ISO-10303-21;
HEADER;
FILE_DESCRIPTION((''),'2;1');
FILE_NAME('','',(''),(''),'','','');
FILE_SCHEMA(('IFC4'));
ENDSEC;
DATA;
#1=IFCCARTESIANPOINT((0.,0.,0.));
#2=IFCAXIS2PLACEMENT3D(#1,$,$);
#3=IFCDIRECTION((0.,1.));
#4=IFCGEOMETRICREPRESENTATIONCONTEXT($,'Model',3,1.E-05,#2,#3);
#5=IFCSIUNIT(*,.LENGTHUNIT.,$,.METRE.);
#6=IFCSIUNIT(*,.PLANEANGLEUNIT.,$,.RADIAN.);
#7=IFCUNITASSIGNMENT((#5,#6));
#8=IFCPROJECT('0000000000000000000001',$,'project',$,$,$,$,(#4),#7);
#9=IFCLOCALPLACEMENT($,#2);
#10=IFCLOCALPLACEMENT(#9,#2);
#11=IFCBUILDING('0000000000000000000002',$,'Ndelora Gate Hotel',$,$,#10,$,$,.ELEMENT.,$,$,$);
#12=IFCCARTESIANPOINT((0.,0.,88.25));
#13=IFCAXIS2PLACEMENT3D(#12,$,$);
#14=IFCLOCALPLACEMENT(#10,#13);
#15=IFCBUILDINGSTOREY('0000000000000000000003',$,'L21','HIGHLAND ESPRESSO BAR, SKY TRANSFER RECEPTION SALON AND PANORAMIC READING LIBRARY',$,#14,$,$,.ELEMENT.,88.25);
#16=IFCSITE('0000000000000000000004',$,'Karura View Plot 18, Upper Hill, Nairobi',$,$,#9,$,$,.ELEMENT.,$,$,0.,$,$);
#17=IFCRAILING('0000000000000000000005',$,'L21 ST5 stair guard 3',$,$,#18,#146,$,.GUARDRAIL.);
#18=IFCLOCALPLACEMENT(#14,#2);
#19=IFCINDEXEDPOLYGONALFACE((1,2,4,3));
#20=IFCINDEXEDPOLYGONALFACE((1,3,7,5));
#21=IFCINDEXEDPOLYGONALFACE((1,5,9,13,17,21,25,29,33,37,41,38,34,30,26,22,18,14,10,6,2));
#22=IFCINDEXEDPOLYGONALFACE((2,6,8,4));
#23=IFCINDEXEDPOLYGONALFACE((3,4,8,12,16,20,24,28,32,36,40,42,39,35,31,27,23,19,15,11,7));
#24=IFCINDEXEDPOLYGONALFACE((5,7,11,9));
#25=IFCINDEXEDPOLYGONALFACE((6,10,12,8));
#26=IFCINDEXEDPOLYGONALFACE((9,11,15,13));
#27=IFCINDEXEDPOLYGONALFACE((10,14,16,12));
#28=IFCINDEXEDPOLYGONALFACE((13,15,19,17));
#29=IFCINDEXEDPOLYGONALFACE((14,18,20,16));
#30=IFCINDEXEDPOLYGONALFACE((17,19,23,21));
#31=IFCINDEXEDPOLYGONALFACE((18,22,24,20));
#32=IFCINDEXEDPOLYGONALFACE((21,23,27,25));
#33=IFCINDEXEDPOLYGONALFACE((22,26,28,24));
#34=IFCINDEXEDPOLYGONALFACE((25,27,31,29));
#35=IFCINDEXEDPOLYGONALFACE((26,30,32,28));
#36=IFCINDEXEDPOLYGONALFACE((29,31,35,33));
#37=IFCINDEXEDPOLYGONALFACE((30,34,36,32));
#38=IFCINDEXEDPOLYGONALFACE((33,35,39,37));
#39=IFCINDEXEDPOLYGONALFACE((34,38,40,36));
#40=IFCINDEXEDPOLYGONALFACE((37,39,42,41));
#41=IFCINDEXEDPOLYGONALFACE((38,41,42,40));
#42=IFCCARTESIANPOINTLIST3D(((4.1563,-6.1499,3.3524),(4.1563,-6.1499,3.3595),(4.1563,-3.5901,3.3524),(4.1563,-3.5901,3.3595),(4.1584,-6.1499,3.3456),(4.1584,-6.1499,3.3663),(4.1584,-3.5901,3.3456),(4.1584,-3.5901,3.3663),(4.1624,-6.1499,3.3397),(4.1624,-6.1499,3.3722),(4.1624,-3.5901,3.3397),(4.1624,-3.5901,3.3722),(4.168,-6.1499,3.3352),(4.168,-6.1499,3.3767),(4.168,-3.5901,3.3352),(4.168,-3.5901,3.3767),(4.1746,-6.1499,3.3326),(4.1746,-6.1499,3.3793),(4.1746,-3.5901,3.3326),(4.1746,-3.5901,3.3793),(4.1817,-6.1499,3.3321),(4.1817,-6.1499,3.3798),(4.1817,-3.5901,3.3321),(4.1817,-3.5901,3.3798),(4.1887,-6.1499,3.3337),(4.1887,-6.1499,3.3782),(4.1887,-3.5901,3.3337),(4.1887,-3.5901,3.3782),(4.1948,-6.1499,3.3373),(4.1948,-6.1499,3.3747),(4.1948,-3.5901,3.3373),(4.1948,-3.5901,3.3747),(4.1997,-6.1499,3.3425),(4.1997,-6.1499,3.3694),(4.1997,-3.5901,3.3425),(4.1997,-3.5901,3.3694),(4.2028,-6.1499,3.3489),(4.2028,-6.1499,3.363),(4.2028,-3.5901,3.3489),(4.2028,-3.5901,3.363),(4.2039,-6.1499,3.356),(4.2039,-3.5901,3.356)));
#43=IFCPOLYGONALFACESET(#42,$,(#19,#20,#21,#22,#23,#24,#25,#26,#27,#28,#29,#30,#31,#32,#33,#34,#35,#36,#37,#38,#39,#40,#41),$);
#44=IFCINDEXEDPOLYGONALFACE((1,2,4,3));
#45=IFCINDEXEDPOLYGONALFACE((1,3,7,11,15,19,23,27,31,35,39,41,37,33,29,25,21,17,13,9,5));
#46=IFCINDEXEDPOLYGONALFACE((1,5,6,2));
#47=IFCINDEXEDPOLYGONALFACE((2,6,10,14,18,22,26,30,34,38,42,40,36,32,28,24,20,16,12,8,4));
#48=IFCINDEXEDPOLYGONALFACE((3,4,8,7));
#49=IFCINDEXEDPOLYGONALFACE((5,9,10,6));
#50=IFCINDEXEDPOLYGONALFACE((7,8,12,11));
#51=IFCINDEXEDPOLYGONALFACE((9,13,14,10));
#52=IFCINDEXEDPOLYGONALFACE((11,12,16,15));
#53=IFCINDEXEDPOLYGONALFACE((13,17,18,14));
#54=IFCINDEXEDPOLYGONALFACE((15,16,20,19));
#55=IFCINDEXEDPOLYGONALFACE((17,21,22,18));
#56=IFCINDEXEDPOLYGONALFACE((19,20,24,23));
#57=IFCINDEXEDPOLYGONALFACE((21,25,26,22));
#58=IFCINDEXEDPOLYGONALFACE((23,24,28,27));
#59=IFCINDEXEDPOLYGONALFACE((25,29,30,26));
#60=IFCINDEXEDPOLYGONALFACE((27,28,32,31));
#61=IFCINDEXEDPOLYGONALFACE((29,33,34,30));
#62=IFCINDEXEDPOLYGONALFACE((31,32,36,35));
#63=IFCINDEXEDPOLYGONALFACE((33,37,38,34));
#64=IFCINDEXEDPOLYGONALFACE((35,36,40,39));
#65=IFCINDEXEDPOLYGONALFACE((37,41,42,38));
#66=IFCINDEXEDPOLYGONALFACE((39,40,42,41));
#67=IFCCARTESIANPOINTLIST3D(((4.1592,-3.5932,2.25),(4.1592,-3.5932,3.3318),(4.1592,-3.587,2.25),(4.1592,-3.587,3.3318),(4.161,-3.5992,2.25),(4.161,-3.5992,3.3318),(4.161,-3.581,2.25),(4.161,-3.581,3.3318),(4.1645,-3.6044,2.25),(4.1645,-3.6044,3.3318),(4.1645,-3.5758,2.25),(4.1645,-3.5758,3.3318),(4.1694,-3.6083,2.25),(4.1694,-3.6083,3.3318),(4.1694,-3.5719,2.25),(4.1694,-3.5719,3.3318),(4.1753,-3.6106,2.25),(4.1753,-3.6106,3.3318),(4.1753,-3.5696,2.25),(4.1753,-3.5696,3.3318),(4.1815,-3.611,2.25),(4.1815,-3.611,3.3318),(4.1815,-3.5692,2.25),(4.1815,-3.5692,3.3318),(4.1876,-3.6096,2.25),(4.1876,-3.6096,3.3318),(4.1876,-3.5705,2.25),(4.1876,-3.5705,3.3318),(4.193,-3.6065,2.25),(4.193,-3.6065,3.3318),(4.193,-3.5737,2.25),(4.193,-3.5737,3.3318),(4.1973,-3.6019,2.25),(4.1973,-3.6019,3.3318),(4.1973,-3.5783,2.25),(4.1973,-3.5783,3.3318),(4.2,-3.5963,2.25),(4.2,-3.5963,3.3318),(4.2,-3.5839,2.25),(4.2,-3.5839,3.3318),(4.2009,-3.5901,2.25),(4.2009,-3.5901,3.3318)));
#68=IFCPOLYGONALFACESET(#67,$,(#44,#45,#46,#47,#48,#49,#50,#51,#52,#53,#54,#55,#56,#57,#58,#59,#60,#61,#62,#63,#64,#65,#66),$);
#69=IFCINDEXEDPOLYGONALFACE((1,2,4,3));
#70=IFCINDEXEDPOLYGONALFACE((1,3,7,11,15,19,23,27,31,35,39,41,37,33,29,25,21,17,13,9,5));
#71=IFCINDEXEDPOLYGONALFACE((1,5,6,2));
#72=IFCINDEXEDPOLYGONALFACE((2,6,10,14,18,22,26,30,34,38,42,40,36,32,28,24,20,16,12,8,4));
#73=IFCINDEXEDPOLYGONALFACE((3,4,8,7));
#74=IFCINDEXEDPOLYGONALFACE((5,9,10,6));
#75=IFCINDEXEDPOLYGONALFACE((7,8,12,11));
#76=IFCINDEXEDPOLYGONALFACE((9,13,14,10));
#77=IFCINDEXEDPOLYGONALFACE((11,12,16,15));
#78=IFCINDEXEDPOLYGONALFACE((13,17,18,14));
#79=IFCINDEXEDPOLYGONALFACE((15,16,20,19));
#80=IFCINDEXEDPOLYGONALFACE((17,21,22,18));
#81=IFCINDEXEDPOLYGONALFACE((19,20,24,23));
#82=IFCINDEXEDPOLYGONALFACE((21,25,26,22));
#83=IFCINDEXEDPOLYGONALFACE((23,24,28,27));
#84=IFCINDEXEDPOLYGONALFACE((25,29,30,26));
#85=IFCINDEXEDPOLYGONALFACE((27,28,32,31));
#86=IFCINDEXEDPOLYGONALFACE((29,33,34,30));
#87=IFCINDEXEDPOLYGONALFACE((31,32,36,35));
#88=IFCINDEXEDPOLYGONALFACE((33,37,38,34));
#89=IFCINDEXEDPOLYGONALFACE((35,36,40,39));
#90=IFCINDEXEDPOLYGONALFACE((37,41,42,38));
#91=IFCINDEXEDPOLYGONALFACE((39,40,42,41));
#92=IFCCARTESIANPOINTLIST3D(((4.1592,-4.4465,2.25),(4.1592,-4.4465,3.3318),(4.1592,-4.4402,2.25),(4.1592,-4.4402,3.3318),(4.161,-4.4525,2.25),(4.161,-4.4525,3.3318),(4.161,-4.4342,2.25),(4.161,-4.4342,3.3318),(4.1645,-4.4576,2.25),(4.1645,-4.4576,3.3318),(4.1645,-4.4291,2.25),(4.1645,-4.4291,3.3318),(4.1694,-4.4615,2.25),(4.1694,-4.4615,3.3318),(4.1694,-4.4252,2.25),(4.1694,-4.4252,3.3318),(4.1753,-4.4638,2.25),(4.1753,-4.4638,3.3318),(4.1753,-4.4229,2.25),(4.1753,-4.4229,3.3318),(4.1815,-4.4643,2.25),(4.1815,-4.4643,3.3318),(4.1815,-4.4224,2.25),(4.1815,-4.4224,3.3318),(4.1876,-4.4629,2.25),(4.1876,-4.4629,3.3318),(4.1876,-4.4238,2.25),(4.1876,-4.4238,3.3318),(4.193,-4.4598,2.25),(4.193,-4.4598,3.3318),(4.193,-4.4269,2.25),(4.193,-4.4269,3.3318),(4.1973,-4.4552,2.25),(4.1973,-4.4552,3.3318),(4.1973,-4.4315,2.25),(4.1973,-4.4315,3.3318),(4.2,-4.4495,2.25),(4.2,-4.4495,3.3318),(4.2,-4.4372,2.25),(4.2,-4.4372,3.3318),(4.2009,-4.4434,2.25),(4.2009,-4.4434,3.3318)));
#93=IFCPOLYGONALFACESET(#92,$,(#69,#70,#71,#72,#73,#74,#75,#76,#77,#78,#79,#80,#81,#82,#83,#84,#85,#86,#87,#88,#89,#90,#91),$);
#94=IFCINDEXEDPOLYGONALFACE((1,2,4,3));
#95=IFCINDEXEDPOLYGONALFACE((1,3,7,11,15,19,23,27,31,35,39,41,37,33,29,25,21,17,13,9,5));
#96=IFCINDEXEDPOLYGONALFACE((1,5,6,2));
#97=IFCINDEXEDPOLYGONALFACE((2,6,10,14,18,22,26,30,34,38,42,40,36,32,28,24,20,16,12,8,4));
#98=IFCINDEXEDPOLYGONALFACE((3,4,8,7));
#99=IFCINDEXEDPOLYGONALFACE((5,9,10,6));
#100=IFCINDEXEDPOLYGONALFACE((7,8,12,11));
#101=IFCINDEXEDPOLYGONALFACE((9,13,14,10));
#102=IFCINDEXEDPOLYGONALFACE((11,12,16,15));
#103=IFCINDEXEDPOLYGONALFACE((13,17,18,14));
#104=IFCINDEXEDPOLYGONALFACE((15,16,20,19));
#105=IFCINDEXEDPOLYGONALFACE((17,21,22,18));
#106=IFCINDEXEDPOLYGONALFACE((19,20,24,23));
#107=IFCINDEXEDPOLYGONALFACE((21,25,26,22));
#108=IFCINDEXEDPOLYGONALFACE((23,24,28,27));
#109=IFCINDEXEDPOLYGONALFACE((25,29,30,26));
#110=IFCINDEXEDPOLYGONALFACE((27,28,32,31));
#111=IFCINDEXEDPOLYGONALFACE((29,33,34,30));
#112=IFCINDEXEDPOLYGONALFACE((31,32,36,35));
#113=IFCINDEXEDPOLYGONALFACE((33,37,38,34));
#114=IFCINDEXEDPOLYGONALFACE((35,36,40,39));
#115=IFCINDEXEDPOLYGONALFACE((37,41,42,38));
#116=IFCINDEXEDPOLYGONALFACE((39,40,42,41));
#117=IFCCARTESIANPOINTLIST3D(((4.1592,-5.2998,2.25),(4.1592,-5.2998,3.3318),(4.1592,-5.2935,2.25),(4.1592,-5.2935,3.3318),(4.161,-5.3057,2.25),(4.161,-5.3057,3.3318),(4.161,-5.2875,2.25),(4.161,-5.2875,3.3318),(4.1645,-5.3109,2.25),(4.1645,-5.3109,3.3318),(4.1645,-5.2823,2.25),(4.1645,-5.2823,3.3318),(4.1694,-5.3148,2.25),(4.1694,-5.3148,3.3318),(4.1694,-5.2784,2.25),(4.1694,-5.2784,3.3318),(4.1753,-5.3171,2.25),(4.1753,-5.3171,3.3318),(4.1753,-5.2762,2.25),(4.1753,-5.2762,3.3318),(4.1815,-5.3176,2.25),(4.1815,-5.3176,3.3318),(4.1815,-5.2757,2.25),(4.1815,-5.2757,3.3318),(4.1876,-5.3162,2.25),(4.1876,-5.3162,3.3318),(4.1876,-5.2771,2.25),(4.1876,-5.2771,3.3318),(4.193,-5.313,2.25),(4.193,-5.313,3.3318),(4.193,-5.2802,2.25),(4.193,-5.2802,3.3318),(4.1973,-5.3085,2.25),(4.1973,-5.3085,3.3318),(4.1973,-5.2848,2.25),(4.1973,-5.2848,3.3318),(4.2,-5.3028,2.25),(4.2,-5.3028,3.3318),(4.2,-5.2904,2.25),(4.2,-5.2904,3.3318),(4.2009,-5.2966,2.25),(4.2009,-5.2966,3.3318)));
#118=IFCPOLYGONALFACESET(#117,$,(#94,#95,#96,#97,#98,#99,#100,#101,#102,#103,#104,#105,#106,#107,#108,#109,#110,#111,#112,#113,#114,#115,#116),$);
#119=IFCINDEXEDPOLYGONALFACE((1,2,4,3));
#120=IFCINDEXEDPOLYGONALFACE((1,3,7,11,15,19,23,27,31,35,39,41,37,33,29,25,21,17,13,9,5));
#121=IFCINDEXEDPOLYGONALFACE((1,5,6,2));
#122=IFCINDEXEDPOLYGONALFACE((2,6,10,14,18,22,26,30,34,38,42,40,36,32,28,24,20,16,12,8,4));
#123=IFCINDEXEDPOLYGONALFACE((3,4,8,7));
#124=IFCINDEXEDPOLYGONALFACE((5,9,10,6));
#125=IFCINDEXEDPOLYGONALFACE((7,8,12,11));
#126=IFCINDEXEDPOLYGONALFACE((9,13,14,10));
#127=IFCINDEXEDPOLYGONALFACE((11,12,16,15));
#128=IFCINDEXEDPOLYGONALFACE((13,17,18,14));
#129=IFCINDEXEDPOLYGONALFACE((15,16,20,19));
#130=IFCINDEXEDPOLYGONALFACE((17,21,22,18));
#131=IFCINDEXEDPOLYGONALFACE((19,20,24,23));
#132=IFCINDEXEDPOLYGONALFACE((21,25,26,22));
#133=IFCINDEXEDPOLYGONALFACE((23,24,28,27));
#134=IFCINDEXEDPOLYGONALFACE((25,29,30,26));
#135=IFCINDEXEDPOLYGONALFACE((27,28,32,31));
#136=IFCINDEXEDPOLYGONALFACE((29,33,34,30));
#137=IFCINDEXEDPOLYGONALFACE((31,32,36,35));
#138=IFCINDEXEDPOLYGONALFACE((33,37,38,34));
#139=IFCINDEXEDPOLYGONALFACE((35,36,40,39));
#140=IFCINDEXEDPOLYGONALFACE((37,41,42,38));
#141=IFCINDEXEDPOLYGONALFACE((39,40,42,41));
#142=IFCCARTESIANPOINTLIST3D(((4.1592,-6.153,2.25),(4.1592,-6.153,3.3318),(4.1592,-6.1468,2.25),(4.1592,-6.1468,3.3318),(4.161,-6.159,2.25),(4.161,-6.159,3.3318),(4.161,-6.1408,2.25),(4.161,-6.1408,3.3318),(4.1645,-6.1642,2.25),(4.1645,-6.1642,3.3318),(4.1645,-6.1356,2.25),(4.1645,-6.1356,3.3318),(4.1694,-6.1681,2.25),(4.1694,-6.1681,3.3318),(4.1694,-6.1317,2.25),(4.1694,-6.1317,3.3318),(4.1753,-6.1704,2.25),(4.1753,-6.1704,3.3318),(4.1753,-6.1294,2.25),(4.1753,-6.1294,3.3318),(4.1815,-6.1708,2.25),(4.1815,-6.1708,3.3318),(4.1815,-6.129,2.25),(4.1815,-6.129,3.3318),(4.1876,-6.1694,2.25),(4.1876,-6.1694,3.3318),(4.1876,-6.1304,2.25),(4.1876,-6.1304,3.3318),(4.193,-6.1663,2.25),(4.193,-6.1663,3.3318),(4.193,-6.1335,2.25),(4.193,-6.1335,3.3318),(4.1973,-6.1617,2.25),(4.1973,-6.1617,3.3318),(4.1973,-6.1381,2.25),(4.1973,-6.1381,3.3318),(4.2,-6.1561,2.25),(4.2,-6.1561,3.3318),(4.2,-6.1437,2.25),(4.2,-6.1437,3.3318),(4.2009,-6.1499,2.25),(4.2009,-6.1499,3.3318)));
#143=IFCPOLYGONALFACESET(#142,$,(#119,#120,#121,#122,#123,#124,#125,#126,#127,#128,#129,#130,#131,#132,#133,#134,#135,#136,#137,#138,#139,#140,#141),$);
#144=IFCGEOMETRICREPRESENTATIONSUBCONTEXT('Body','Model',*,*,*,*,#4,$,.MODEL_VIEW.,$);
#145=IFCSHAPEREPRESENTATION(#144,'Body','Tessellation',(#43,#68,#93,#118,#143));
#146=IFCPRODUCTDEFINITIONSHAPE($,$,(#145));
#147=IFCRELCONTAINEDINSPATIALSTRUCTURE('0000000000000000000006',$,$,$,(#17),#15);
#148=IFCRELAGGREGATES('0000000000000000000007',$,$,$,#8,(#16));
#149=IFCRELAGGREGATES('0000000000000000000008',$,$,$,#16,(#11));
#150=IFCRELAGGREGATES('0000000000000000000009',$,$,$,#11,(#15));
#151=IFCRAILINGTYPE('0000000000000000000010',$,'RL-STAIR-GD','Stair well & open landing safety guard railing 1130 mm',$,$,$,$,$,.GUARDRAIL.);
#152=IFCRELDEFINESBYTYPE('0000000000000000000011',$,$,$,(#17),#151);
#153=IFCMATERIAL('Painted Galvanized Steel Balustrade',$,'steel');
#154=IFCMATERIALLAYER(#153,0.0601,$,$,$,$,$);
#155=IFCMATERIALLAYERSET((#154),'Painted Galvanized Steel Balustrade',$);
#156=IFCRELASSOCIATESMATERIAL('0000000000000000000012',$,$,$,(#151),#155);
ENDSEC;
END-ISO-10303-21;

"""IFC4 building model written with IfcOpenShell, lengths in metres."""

from ifc_helpers import new_model, si_unit, direction, frame, origin, origin_2d, place, context, subcontext, project, spatial, circle, extrude, material, layer, layer_set, type_object, element, save


model = new_model("IFC4")

# Units and contexts
model_context = context("Model", 3, precision=1e-05, world=origin(), true_north=direction((0.0, 1.0)))
body_context = subcontext(model_context, "Body", "Model", "MODEL_VIEW")
ifc_project = project(units=[si_unit("LENGTHUNIT", "METRE"), si_unit("PLANEANGLEUNIT", "RADIAN")], contexts=[model_context])

# Site, building, storey
site_placement = place(None, origin())
site = spatial("IfcSite", under=ifc_project, at=site_placement, Name="Karura View Plot 18, Upper Hill, Nairobi", CompositionType="ELEMENT", RefElevation=0.0)
building_placement = place(site_placement, origin())
building = spatial("IfcBuilding", under=site, at=building_placement, Name="Ndelora Gate Hotel", CompositionType="ELEMENT")
storey_placement = place(building_placement, frame((0.0, 0.0, 88.25)))
storey = spatial("IfcBuildingStorey", under=building, at=storey_placement, Name="L21", Description="HIGHLAND ESPRESSO BAR, SKY TRANSFER RECEPTION SALON AND PANORAMIC READING LIBRARY", CompositionType="ELEMENT", Elevation=88.25)

# Railing
ifc_material_1 = material(Name="Painted Galvanized Steel Balustrade", Category="steel")
ifc_layer_1 = layer(ifc_material_1, 0.0601)
ifc_layer_set_1 = layer_set([ifc_layer_1], Name="Painted Galvanized Steel Balustrade")
railing_type_1 = type_object("IfcRailingType", Name="RL-STAIR-GD", Description="Stair well & open landing safety guard railing 1130 mm", PredefinedType="GUARDRAIL", material=ifc_layer_set_1)
for number, where, name in (
    (1, (4.1799, -3.5901, 2.25), "L21 ST5 stair guard 3"),
):
    element("IfcRailing", number, at=place(storey_placement, frame(where)), inside=storey, type_object=railing_type_1, Name=name, PredefinedType="GUARDRAIL", context=body_context, shape_type="SweptSolid", body=[
        extrude(circle(Radius=0.0239, at=origin_2d()), frame((0.0, 0.0, 1.106), z_axis=(0.0, -1.0, 0.0), x_axis=(1.0, 0.0, 0.0)), (0.0, 0.0, 1.0), 2.5598),
        extrude(circle(Radius=0.021, at=origin_2d()), origin(), (0.0, 0.0, 1.0), 1.0818),
        extrude(circle(Radius=0.021, at=origin_2d()), frame((0.0, -0.8533, 0.0)), (0.0, 0.0, 1.0), 1.0818),
        extrude(circle(Radius=0.021, at=origin_2d()), frame((0.0, -1.7065, 0.0)), (0.0, 0.0, 1.0), 1.0818),
        extrude(circle(Radius=0.021, at=origin_2d()), frame((0.0, -2.5598, 0.0)), (0.0, 0.0, 1.0), 1.0818),
    ])

save(model, "model.ifc")
